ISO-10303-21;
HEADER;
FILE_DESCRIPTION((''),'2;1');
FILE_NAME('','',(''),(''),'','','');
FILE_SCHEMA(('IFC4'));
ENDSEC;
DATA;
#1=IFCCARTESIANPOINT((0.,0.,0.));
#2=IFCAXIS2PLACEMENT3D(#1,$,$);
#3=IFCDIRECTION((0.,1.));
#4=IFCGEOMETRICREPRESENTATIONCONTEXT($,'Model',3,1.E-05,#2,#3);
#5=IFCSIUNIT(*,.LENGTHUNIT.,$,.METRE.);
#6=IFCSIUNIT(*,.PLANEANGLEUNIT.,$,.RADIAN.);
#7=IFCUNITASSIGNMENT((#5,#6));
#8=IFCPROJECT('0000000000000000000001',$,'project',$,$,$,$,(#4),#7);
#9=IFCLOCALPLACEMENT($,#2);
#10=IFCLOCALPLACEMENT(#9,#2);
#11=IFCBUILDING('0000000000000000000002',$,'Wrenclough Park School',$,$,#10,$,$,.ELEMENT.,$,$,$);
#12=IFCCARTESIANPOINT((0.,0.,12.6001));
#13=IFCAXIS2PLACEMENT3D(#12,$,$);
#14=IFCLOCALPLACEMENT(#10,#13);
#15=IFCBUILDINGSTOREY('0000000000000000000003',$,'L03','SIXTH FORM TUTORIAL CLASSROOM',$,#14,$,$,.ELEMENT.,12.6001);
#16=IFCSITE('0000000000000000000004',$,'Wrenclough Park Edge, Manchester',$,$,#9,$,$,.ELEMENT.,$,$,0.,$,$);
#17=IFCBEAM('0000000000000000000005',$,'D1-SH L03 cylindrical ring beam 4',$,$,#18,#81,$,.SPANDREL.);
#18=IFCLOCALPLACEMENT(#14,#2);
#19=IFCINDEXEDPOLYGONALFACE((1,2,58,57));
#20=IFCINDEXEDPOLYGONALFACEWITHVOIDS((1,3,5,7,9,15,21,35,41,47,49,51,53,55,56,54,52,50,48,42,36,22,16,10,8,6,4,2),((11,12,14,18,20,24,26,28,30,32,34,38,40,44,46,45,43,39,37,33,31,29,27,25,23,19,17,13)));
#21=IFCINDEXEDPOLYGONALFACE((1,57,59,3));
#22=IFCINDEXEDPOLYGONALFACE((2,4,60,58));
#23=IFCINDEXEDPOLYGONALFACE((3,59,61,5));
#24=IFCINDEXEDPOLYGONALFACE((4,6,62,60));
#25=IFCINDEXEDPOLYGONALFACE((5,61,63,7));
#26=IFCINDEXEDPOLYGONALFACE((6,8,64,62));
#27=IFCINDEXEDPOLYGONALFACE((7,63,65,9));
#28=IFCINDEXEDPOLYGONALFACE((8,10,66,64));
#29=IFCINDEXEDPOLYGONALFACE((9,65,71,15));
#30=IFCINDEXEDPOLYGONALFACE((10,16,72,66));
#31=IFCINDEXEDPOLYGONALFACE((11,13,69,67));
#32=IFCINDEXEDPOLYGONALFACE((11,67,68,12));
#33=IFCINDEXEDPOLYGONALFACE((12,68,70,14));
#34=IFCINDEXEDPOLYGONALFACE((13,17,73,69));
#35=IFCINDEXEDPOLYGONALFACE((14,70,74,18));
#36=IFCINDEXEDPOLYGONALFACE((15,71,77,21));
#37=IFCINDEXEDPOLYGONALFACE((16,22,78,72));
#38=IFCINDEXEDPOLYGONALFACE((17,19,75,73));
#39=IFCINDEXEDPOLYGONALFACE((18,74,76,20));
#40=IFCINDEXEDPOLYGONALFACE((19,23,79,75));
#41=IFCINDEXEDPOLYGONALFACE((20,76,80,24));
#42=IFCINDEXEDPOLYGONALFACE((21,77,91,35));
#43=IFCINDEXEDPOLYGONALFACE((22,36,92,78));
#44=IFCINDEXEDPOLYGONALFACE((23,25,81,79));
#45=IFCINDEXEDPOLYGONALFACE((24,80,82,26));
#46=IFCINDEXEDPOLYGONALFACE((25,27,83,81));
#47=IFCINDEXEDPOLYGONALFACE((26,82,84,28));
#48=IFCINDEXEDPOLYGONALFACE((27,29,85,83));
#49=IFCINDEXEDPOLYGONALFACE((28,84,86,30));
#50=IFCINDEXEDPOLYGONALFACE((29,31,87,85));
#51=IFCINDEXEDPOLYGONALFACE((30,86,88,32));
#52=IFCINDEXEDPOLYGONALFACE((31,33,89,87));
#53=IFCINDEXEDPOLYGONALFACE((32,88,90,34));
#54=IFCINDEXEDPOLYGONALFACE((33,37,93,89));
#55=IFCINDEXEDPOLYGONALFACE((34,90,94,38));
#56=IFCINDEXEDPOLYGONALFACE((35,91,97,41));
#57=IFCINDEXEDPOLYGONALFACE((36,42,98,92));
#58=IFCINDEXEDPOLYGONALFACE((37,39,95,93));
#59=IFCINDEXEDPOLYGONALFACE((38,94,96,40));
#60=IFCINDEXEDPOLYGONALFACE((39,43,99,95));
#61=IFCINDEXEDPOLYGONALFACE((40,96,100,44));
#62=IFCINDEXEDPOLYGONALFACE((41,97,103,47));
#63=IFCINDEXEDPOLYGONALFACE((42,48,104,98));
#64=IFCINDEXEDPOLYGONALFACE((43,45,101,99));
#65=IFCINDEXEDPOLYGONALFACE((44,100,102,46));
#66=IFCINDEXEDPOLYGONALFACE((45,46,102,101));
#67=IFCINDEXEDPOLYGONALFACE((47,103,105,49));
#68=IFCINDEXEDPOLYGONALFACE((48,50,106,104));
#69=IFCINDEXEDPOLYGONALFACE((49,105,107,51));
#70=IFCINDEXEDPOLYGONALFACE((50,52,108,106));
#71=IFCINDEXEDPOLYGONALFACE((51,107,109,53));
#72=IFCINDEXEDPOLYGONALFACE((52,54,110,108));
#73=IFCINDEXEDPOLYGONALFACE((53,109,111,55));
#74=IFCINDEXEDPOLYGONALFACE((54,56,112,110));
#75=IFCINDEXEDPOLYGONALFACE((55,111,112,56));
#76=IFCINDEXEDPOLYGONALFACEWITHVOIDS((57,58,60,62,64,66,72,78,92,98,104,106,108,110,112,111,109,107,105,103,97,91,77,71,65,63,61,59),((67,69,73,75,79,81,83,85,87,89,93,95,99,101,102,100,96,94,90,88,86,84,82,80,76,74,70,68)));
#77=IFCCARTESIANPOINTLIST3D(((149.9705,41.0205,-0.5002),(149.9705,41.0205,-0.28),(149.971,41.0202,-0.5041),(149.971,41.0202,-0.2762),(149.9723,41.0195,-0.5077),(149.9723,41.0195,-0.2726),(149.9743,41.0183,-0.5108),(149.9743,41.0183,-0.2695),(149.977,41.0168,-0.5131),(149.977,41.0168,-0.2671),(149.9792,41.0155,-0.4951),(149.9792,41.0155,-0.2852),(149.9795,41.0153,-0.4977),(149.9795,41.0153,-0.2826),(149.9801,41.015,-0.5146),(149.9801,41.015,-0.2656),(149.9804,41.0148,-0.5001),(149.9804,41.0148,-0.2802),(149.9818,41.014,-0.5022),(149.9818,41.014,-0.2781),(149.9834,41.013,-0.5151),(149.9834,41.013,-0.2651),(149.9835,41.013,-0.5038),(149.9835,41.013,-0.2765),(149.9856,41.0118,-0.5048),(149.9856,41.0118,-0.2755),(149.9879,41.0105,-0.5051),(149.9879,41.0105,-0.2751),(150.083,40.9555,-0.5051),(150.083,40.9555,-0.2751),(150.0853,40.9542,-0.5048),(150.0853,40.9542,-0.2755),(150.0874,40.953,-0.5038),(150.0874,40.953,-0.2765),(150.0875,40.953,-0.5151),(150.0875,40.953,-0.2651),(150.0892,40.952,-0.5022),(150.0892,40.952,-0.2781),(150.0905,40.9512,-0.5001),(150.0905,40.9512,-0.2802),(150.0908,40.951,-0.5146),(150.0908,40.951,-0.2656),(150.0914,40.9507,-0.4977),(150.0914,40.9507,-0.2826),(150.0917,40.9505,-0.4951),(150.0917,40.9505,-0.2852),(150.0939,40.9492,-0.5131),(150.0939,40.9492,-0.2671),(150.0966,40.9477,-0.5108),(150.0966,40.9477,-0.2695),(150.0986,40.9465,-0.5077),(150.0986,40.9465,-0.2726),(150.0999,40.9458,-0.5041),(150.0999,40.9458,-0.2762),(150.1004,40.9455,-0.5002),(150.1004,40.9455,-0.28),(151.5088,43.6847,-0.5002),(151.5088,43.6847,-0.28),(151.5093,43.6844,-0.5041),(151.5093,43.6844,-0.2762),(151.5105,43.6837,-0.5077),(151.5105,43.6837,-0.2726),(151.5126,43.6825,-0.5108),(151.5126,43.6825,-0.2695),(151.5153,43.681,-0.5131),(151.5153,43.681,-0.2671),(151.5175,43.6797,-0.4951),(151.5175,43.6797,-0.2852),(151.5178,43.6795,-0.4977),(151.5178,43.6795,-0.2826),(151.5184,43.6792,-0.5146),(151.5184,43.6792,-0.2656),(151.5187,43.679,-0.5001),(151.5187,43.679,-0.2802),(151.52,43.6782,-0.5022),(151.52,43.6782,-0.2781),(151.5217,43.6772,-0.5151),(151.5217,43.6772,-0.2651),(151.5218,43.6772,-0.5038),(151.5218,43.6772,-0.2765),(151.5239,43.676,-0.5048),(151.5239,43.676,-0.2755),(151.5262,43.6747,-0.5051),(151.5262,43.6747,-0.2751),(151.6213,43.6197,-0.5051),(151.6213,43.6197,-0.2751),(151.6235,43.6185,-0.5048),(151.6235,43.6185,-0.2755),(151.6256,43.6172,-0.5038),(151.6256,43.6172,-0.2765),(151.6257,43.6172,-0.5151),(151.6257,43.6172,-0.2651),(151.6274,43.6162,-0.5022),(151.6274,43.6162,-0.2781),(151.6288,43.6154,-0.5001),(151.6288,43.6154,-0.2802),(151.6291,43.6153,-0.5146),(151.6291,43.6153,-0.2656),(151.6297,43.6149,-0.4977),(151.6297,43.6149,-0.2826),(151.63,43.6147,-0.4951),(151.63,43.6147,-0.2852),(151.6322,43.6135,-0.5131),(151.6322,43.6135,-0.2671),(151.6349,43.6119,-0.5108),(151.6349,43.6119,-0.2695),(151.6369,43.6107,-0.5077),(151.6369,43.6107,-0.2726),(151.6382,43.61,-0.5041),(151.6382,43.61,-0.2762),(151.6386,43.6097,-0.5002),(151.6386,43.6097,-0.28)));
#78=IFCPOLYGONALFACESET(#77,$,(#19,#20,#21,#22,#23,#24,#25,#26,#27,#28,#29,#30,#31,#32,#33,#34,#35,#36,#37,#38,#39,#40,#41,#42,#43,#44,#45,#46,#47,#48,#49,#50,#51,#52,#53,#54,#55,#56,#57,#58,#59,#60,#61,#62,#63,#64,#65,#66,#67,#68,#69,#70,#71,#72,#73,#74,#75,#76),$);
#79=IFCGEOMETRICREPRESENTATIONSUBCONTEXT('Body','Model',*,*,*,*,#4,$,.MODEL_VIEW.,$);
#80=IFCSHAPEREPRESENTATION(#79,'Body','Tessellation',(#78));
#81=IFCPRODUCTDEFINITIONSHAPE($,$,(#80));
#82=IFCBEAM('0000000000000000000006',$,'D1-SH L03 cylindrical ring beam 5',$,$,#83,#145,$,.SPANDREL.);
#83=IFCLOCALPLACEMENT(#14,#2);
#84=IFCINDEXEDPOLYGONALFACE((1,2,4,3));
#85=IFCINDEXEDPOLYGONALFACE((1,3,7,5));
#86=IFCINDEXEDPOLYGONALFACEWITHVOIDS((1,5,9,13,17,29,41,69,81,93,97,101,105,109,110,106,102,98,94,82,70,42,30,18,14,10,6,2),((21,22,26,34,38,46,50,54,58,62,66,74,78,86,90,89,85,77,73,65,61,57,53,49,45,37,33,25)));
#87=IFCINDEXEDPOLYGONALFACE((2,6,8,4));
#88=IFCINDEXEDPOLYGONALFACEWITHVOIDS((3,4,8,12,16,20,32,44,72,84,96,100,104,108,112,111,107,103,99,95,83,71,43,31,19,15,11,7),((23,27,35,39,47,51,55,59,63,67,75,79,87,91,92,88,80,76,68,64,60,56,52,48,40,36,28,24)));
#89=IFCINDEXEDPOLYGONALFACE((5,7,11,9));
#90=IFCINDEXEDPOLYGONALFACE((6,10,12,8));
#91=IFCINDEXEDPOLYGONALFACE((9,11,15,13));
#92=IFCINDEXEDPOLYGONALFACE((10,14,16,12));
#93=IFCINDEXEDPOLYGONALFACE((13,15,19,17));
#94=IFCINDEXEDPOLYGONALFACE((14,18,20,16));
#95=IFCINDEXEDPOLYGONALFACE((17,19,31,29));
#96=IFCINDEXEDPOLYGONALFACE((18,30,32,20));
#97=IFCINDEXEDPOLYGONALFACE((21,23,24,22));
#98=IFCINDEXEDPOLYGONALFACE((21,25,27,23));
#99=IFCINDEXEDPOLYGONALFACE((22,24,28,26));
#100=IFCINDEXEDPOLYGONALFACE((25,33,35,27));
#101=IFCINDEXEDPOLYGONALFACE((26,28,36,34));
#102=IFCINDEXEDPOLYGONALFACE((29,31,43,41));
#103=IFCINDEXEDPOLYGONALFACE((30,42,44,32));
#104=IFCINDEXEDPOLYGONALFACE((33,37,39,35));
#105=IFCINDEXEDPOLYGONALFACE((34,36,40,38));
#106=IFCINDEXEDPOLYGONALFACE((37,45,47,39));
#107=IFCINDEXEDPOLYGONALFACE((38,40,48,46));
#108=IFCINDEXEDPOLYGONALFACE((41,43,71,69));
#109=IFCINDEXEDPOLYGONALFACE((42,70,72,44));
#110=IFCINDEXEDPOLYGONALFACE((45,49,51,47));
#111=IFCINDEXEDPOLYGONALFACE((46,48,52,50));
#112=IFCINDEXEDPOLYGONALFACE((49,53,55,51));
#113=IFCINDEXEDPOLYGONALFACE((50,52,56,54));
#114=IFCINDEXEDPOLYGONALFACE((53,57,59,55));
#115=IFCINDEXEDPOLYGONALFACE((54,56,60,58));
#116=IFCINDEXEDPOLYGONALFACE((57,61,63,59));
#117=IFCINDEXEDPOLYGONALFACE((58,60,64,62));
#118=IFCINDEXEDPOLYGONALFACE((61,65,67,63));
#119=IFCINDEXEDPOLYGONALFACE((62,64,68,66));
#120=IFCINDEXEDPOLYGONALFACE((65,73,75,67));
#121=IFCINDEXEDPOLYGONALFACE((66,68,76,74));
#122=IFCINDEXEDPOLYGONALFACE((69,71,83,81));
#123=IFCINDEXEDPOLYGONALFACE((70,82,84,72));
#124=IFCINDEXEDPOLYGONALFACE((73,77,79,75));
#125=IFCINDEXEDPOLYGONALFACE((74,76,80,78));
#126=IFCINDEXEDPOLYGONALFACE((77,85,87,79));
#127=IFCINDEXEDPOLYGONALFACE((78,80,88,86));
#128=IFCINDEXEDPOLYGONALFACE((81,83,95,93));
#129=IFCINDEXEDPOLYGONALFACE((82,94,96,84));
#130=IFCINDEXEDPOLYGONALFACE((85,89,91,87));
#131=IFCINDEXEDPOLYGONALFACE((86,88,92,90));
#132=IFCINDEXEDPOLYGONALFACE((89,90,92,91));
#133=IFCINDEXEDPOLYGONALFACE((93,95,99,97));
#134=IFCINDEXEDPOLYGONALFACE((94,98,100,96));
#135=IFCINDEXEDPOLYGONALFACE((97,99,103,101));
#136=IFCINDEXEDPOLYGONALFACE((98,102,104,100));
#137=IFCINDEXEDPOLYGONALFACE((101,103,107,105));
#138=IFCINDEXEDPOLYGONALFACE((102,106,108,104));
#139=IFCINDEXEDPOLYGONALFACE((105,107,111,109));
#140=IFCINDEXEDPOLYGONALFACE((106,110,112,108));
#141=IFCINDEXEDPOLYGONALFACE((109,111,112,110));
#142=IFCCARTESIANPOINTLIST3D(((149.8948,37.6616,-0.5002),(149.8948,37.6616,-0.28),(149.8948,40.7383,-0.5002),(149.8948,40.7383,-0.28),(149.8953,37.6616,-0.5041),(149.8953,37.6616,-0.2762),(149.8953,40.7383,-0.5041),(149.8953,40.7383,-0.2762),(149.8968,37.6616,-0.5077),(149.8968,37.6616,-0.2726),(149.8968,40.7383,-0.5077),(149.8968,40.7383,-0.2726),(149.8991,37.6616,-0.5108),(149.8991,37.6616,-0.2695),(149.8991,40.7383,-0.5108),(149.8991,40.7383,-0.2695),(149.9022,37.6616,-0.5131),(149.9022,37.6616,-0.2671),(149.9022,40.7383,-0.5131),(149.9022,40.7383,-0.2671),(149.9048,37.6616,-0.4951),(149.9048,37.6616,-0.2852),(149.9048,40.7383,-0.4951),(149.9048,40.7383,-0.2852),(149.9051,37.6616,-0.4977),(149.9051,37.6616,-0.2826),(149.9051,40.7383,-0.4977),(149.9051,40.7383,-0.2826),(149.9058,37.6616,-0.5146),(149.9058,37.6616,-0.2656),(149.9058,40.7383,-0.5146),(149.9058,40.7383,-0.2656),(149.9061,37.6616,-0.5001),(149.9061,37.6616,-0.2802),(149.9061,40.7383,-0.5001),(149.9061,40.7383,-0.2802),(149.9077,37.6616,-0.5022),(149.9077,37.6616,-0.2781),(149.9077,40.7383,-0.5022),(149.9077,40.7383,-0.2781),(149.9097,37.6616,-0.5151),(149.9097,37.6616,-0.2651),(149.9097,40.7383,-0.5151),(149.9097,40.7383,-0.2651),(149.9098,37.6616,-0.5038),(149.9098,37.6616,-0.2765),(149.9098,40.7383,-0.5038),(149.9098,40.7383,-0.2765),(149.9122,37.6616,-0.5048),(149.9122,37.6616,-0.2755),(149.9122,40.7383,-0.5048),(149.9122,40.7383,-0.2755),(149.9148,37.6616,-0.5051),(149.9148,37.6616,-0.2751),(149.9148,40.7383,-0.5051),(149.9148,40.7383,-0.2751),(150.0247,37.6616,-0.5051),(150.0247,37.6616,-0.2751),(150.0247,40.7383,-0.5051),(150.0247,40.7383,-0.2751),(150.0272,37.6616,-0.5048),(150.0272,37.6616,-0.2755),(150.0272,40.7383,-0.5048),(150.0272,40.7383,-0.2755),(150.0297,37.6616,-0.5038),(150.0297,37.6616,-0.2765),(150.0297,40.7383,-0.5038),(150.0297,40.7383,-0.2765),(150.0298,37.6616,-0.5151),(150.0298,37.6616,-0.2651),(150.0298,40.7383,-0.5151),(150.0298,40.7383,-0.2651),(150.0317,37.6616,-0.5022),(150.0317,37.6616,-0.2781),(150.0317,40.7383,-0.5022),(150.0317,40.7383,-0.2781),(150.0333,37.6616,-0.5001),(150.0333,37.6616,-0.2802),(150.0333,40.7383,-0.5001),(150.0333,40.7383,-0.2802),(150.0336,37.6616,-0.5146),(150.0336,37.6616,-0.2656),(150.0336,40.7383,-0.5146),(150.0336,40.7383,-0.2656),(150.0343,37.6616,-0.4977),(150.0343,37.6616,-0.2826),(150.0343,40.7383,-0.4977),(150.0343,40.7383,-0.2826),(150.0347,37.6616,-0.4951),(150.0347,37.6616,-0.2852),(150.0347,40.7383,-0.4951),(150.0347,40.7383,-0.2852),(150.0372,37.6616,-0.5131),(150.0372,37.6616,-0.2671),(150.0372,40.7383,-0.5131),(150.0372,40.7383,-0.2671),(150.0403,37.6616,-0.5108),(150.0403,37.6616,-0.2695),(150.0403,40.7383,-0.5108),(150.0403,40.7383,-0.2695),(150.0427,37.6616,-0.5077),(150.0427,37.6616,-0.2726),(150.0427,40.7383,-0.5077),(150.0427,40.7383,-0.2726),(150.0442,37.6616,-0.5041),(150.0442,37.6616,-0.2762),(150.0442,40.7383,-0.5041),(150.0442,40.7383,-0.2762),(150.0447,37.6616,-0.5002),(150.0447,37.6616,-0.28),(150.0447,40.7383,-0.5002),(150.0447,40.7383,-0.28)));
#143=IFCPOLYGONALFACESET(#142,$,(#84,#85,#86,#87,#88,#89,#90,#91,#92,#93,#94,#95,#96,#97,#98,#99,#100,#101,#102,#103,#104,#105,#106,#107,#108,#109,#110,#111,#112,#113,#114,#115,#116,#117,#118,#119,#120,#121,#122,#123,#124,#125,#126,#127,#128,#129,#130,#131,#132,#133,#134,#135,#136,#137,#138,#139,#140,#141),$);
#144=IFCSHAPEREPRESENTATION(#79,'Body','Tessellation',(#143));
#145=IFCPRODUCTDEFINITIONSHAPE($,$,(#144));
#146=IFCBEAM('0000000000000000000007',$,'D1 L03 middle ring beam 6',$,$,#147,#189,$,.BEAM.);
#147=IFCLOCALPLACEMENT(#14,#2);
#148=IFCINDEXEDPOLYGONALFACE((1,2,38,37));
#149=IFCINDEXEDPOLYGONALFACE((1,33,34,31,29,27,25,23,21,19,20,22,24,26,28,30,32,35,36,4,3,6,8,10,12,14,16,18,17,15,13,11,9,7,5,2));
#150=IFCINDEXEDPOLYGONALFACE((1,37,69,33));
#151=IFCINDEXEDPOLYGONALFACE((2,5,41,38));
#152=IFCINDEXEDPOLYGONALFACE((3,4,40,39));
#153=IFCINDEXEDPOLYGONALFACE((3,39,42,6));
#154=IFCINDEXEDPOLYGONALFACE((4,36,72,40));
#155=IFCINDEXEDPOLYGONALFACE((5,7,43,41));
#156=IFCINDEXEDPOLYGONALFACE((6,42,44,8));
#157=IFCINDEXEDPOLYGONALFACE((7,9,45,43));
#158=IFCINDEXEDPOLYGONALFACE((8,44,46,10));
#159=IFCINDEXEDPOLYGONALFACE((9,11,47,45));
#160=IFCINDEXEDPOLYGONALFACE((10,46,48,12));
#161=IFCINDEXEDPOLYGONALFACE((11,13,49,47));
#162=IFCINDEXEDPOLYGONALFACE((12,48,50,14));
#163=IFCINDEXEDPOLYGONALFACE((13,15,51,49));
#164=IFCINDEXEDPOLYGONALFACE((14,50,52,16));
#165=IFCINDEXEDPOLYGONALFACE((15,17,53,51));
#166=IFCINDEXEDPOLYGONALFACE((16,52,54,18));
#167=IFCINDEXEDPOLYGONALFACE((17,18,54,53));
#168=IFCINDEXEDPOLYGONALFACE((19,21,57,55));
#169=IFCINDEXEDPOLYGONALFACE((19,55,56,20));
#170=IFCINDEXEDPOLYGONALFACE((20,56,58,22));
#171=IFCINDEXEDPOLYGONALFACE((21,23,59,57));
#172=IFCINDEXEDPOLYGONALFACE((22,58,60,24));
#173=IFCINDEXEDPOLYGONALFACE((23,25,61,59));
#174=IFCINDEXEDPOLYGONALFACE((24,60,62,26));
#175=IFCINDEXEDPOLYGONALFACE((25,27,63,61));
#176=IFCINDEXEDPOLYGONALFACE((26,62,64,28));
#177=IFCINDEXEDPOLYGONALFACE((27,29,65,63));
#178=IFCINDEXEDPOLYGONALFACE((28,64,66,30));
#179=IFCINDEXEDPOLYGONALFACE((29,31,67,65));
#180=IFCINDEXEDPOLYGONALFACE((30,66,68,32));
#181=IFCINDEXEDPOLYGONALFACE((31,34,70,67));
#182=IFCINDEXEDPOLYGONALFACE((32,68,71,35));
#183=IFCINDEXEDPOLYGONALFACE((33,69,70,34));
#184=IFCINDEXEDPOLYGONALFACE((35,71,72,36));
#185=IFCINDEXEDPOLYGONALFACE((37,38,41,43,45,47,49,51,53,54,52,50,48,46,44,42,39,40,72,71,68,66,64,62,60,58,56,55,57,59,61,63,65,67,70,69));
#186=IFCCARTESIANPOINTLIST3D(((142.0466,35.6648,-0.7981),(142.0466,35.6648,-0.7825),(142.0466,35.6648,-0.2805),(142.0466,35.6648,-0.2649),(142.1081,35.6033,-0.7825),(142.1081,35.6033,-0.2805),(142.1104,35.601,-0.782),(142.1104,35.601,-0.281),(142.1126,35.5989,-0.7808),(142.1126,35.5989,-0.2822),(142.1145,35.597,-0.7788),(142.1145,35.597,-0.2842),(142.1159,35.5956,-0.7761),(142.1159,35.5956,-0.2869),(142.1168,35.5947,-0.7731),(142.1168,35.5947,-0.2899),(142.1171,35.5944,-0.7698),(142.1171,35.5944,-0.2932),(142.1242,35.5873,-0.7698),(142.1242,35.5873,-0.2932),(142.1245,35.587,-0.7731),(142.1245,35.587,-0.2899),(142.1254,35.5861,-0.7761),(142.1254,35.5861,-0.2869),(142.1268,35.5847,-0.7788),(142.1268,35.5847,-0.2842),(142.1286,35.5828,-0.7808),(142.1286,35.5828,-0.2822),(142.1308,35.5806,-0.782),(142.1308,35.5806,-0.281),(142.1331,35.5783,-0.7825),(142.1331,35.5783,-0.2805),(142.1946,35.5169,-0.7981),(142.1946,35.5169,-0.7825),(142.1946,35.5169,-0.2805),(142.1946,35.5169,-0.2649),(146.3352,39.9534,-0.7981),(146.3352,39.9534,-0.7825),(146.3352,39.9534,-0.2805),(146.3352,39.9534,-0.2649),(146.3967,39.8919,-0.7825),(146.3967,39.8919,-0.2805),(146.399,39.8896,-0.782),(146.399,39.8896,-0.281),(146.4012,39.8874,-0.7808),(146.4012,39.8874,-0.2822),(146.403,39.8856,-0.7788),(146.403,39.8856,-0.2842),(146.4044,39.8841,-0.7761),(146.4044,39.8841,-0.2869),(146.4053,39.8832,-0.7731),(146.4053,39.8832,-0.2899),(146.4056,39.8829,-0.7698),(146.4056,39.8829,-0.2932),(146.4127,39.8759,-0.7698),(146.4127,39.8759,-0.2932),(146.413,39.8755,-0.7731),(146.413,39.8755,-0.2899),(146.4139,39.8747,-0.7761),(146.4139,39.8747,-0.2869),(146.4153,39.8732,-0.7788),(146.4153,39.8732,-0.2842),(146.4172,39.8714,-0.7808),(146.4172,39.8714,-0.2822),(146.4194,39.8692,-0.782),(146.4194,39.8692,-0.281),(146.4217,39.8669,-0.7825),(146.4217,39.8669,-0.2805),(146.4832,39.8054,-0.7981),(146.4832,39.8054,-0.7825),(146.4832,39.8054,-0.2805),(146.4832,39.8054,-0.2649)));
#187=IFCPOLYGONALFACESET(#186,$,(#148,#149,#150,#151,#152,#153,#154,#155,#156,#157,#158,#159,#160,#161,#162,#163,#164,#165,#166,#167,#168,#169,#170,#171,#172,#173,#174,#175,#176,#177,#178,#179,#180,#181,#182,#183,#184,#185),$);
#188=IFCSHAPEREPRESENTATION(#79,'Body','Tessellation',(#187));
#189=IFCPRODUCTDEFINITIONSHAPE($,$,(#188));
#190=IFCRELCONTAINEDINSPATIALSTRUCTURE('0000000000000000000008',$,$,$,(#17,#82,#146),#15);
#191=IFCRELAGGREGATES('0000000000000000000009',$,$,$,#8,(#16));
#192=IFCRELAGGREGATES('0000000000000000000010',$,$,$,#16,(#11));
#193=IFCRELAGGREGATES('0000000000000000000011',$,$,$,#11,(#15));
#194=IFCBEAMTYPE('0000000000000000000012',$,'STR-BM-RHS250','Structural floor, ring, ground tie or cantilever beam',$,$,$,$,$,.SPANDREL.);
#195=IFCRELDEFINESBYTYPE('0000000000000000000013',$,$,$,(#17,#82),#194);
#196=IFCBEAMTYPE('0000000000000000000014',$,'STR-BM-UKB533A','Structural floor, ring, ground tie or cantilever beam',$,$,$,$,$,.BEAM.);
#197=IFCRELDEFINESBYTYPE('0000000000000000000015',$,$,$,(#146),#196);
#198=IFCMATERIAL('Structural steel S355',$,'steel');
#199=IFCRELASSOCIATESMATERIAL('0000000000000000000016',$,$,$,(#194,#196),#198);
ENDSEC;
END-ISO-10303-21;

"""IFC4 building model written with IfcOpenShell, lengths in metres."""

from ifc_helpers import new_model, si_unit, direction, frame, origin, origin_2d, place, context, subcontext, project, spatial, hollow_rectangle, i_section, extrude, material, material_profile, profile_set, type_object, element, save


model = new_model("IFC4")

# Units and contexts
model_context = context("Model", 3, precision=1e-05, world=origin(), true_north=direction((0.0, 1.0)))
body_context = subcontext(model_context, "Body", "Model", "MODEL_VIEW")
ifc_project = project(units=[si_unit("LENGTHUNIT", "METRE"), si_unit("PLANEANGLEUNIT", "RADIAN")], contexts=[model_context])

# Site, building, storey
site_placement = place(None, origin())
site = spatial("IfcSite", under=ifc_project, at=site_placement, Name="Wrenclough Park Edge, Manchester", CompositionType="ELEMENT", RefElevation=0.0)
building_placement = place(site_placement, origin())
building = spatial("IfcBuilding", under=site, at=building_placement, Name="Wrenclough Park School", CompositionType="ELEMENT")
storey_placement = place(building_placement, frame((0.0, 0.0, 12.6001)))
storey = spatial("IfcBuildingStorey", under=building, at=storey_placement, Name="L03", Description="SIXTH FORM TUTORIAL CLASSROOM", CompositionType="ELEMENT", Elevation=12.6001)

# Shared definitions
ifc_material_1 = material(Name="Structural steel S355", Category="steel")

# Beams
ifc_material_profile_1 = material_profile(ifc_material_1, hollow_rectangle(XDim=0.1499, YDim=0.25, WallThickness=0.01, InnerFilletRadius=0.01, OuterFilletRadius=0.0149, at=origin_2d()), Name="RHS 250x150x10.0")
ifc_profile_set_1 = profile_set([ifc_material_profile_1], Name="Structural steel S355")
beam_type_1 = type_object("IfcBeamType", Name="STR-BM-RHS250", Description="Structural floor, ring, ground tie or cantilever beam", PredefinedType="SPANDREL", material=ifc_profile_set_1)
beam_1_placement = place(storey_placement, frame((151.5737, 43.6472, -0.3901), z_axis=(-0.500022, -0.866012, 0.0), x_axis=(0.866012, -0.500022, 0.0)))
element("IfcBeam", 1, at=beam_1_placement, inside=storey, type_object=beam_type_1, Name="D1-SH L03 cylindrical ring beam 4", PredefinedType="SPANDREL", context=body_context, shape_type="SweptSolid", body=[
    extrude(hollow_rectangle(XDim=0.1499, YDim=0.25, WallThickness=0.01, InnerFilletRadius=0.01, OuterFilletRadius=0.0149, at=origin_2d()), origin(), (0.0, 0.0, 1.0), 3.0764),
])
beam_2_placement = place(storey_placement, frame((149.9697, 40.7383, -0.3901), z_axis=(0.0, -1.0, 0.0), x_axis=(1.0, 0.0, 0.0)))
element("IfcBeam", 2, at=beam_2_placement, inside=storey, type_object=beam_type_1, Name="D1-SH L03 cylindrical ring beam 5", PredefinedType="SPANDREL", context=body_context, shape_type="SweptSolid", body=[
    extrude(hollow_rectangle(XDim=0.1499, YDim=0.25, WallThickness=0.01, InnerFilletRadius=0.01, OuterFilletRadius=0.0149, at=origin_2d()), origin(), (0.0, 0.0, 1.0), 3.0767),
])
ifc_material_profile_2 = material_profile(ifc_material_1, i_section(OverallWidth=0.2092, OverallDepth=0.5332, WebThickness=0.01, FlangeThickness=0.0156, FilletRadius=0.0127, at=origin_2d()), Name="UKB 533x210x92")
ifc_profile_set_2 = profile_set([ifc_material_profile_2], Name="Structural steel S355")
beam_type_2 = type_object("IfcBeamType", Name="STR-BM-UKB533A", Description="Structural floor, ring, ground tie or cantilever beam", PredefinedType="BEAM", material=ifc_profile_set_2)
beam_3_placement = place(storey_placement, frame((146.4092, 39.8794, -0.5315), z_axis=(-0.707107, -0.707107, 0.0), x_axis=(0.707107, -0.707107, 0.0)))
element("IfcBeam", 3, at=beam_3_placement, inside=storey, type_object=beam_type_2, Name="D1 L03 middle ring beam 6", PredefinedType="BEAM", context=body_context, shape_type="SweptSolid", body=[
    extrude(i_section(OverallWidth=0.2092, OverallDepth=0.5332, WebThickness=0.01, FlangeThickness=0.0156, FilletRadius=0.0127, at=origin_2d()), origin(), (0.0, 0.0, 1.0), 6.0649),
])

save(model, "model.ifc")
